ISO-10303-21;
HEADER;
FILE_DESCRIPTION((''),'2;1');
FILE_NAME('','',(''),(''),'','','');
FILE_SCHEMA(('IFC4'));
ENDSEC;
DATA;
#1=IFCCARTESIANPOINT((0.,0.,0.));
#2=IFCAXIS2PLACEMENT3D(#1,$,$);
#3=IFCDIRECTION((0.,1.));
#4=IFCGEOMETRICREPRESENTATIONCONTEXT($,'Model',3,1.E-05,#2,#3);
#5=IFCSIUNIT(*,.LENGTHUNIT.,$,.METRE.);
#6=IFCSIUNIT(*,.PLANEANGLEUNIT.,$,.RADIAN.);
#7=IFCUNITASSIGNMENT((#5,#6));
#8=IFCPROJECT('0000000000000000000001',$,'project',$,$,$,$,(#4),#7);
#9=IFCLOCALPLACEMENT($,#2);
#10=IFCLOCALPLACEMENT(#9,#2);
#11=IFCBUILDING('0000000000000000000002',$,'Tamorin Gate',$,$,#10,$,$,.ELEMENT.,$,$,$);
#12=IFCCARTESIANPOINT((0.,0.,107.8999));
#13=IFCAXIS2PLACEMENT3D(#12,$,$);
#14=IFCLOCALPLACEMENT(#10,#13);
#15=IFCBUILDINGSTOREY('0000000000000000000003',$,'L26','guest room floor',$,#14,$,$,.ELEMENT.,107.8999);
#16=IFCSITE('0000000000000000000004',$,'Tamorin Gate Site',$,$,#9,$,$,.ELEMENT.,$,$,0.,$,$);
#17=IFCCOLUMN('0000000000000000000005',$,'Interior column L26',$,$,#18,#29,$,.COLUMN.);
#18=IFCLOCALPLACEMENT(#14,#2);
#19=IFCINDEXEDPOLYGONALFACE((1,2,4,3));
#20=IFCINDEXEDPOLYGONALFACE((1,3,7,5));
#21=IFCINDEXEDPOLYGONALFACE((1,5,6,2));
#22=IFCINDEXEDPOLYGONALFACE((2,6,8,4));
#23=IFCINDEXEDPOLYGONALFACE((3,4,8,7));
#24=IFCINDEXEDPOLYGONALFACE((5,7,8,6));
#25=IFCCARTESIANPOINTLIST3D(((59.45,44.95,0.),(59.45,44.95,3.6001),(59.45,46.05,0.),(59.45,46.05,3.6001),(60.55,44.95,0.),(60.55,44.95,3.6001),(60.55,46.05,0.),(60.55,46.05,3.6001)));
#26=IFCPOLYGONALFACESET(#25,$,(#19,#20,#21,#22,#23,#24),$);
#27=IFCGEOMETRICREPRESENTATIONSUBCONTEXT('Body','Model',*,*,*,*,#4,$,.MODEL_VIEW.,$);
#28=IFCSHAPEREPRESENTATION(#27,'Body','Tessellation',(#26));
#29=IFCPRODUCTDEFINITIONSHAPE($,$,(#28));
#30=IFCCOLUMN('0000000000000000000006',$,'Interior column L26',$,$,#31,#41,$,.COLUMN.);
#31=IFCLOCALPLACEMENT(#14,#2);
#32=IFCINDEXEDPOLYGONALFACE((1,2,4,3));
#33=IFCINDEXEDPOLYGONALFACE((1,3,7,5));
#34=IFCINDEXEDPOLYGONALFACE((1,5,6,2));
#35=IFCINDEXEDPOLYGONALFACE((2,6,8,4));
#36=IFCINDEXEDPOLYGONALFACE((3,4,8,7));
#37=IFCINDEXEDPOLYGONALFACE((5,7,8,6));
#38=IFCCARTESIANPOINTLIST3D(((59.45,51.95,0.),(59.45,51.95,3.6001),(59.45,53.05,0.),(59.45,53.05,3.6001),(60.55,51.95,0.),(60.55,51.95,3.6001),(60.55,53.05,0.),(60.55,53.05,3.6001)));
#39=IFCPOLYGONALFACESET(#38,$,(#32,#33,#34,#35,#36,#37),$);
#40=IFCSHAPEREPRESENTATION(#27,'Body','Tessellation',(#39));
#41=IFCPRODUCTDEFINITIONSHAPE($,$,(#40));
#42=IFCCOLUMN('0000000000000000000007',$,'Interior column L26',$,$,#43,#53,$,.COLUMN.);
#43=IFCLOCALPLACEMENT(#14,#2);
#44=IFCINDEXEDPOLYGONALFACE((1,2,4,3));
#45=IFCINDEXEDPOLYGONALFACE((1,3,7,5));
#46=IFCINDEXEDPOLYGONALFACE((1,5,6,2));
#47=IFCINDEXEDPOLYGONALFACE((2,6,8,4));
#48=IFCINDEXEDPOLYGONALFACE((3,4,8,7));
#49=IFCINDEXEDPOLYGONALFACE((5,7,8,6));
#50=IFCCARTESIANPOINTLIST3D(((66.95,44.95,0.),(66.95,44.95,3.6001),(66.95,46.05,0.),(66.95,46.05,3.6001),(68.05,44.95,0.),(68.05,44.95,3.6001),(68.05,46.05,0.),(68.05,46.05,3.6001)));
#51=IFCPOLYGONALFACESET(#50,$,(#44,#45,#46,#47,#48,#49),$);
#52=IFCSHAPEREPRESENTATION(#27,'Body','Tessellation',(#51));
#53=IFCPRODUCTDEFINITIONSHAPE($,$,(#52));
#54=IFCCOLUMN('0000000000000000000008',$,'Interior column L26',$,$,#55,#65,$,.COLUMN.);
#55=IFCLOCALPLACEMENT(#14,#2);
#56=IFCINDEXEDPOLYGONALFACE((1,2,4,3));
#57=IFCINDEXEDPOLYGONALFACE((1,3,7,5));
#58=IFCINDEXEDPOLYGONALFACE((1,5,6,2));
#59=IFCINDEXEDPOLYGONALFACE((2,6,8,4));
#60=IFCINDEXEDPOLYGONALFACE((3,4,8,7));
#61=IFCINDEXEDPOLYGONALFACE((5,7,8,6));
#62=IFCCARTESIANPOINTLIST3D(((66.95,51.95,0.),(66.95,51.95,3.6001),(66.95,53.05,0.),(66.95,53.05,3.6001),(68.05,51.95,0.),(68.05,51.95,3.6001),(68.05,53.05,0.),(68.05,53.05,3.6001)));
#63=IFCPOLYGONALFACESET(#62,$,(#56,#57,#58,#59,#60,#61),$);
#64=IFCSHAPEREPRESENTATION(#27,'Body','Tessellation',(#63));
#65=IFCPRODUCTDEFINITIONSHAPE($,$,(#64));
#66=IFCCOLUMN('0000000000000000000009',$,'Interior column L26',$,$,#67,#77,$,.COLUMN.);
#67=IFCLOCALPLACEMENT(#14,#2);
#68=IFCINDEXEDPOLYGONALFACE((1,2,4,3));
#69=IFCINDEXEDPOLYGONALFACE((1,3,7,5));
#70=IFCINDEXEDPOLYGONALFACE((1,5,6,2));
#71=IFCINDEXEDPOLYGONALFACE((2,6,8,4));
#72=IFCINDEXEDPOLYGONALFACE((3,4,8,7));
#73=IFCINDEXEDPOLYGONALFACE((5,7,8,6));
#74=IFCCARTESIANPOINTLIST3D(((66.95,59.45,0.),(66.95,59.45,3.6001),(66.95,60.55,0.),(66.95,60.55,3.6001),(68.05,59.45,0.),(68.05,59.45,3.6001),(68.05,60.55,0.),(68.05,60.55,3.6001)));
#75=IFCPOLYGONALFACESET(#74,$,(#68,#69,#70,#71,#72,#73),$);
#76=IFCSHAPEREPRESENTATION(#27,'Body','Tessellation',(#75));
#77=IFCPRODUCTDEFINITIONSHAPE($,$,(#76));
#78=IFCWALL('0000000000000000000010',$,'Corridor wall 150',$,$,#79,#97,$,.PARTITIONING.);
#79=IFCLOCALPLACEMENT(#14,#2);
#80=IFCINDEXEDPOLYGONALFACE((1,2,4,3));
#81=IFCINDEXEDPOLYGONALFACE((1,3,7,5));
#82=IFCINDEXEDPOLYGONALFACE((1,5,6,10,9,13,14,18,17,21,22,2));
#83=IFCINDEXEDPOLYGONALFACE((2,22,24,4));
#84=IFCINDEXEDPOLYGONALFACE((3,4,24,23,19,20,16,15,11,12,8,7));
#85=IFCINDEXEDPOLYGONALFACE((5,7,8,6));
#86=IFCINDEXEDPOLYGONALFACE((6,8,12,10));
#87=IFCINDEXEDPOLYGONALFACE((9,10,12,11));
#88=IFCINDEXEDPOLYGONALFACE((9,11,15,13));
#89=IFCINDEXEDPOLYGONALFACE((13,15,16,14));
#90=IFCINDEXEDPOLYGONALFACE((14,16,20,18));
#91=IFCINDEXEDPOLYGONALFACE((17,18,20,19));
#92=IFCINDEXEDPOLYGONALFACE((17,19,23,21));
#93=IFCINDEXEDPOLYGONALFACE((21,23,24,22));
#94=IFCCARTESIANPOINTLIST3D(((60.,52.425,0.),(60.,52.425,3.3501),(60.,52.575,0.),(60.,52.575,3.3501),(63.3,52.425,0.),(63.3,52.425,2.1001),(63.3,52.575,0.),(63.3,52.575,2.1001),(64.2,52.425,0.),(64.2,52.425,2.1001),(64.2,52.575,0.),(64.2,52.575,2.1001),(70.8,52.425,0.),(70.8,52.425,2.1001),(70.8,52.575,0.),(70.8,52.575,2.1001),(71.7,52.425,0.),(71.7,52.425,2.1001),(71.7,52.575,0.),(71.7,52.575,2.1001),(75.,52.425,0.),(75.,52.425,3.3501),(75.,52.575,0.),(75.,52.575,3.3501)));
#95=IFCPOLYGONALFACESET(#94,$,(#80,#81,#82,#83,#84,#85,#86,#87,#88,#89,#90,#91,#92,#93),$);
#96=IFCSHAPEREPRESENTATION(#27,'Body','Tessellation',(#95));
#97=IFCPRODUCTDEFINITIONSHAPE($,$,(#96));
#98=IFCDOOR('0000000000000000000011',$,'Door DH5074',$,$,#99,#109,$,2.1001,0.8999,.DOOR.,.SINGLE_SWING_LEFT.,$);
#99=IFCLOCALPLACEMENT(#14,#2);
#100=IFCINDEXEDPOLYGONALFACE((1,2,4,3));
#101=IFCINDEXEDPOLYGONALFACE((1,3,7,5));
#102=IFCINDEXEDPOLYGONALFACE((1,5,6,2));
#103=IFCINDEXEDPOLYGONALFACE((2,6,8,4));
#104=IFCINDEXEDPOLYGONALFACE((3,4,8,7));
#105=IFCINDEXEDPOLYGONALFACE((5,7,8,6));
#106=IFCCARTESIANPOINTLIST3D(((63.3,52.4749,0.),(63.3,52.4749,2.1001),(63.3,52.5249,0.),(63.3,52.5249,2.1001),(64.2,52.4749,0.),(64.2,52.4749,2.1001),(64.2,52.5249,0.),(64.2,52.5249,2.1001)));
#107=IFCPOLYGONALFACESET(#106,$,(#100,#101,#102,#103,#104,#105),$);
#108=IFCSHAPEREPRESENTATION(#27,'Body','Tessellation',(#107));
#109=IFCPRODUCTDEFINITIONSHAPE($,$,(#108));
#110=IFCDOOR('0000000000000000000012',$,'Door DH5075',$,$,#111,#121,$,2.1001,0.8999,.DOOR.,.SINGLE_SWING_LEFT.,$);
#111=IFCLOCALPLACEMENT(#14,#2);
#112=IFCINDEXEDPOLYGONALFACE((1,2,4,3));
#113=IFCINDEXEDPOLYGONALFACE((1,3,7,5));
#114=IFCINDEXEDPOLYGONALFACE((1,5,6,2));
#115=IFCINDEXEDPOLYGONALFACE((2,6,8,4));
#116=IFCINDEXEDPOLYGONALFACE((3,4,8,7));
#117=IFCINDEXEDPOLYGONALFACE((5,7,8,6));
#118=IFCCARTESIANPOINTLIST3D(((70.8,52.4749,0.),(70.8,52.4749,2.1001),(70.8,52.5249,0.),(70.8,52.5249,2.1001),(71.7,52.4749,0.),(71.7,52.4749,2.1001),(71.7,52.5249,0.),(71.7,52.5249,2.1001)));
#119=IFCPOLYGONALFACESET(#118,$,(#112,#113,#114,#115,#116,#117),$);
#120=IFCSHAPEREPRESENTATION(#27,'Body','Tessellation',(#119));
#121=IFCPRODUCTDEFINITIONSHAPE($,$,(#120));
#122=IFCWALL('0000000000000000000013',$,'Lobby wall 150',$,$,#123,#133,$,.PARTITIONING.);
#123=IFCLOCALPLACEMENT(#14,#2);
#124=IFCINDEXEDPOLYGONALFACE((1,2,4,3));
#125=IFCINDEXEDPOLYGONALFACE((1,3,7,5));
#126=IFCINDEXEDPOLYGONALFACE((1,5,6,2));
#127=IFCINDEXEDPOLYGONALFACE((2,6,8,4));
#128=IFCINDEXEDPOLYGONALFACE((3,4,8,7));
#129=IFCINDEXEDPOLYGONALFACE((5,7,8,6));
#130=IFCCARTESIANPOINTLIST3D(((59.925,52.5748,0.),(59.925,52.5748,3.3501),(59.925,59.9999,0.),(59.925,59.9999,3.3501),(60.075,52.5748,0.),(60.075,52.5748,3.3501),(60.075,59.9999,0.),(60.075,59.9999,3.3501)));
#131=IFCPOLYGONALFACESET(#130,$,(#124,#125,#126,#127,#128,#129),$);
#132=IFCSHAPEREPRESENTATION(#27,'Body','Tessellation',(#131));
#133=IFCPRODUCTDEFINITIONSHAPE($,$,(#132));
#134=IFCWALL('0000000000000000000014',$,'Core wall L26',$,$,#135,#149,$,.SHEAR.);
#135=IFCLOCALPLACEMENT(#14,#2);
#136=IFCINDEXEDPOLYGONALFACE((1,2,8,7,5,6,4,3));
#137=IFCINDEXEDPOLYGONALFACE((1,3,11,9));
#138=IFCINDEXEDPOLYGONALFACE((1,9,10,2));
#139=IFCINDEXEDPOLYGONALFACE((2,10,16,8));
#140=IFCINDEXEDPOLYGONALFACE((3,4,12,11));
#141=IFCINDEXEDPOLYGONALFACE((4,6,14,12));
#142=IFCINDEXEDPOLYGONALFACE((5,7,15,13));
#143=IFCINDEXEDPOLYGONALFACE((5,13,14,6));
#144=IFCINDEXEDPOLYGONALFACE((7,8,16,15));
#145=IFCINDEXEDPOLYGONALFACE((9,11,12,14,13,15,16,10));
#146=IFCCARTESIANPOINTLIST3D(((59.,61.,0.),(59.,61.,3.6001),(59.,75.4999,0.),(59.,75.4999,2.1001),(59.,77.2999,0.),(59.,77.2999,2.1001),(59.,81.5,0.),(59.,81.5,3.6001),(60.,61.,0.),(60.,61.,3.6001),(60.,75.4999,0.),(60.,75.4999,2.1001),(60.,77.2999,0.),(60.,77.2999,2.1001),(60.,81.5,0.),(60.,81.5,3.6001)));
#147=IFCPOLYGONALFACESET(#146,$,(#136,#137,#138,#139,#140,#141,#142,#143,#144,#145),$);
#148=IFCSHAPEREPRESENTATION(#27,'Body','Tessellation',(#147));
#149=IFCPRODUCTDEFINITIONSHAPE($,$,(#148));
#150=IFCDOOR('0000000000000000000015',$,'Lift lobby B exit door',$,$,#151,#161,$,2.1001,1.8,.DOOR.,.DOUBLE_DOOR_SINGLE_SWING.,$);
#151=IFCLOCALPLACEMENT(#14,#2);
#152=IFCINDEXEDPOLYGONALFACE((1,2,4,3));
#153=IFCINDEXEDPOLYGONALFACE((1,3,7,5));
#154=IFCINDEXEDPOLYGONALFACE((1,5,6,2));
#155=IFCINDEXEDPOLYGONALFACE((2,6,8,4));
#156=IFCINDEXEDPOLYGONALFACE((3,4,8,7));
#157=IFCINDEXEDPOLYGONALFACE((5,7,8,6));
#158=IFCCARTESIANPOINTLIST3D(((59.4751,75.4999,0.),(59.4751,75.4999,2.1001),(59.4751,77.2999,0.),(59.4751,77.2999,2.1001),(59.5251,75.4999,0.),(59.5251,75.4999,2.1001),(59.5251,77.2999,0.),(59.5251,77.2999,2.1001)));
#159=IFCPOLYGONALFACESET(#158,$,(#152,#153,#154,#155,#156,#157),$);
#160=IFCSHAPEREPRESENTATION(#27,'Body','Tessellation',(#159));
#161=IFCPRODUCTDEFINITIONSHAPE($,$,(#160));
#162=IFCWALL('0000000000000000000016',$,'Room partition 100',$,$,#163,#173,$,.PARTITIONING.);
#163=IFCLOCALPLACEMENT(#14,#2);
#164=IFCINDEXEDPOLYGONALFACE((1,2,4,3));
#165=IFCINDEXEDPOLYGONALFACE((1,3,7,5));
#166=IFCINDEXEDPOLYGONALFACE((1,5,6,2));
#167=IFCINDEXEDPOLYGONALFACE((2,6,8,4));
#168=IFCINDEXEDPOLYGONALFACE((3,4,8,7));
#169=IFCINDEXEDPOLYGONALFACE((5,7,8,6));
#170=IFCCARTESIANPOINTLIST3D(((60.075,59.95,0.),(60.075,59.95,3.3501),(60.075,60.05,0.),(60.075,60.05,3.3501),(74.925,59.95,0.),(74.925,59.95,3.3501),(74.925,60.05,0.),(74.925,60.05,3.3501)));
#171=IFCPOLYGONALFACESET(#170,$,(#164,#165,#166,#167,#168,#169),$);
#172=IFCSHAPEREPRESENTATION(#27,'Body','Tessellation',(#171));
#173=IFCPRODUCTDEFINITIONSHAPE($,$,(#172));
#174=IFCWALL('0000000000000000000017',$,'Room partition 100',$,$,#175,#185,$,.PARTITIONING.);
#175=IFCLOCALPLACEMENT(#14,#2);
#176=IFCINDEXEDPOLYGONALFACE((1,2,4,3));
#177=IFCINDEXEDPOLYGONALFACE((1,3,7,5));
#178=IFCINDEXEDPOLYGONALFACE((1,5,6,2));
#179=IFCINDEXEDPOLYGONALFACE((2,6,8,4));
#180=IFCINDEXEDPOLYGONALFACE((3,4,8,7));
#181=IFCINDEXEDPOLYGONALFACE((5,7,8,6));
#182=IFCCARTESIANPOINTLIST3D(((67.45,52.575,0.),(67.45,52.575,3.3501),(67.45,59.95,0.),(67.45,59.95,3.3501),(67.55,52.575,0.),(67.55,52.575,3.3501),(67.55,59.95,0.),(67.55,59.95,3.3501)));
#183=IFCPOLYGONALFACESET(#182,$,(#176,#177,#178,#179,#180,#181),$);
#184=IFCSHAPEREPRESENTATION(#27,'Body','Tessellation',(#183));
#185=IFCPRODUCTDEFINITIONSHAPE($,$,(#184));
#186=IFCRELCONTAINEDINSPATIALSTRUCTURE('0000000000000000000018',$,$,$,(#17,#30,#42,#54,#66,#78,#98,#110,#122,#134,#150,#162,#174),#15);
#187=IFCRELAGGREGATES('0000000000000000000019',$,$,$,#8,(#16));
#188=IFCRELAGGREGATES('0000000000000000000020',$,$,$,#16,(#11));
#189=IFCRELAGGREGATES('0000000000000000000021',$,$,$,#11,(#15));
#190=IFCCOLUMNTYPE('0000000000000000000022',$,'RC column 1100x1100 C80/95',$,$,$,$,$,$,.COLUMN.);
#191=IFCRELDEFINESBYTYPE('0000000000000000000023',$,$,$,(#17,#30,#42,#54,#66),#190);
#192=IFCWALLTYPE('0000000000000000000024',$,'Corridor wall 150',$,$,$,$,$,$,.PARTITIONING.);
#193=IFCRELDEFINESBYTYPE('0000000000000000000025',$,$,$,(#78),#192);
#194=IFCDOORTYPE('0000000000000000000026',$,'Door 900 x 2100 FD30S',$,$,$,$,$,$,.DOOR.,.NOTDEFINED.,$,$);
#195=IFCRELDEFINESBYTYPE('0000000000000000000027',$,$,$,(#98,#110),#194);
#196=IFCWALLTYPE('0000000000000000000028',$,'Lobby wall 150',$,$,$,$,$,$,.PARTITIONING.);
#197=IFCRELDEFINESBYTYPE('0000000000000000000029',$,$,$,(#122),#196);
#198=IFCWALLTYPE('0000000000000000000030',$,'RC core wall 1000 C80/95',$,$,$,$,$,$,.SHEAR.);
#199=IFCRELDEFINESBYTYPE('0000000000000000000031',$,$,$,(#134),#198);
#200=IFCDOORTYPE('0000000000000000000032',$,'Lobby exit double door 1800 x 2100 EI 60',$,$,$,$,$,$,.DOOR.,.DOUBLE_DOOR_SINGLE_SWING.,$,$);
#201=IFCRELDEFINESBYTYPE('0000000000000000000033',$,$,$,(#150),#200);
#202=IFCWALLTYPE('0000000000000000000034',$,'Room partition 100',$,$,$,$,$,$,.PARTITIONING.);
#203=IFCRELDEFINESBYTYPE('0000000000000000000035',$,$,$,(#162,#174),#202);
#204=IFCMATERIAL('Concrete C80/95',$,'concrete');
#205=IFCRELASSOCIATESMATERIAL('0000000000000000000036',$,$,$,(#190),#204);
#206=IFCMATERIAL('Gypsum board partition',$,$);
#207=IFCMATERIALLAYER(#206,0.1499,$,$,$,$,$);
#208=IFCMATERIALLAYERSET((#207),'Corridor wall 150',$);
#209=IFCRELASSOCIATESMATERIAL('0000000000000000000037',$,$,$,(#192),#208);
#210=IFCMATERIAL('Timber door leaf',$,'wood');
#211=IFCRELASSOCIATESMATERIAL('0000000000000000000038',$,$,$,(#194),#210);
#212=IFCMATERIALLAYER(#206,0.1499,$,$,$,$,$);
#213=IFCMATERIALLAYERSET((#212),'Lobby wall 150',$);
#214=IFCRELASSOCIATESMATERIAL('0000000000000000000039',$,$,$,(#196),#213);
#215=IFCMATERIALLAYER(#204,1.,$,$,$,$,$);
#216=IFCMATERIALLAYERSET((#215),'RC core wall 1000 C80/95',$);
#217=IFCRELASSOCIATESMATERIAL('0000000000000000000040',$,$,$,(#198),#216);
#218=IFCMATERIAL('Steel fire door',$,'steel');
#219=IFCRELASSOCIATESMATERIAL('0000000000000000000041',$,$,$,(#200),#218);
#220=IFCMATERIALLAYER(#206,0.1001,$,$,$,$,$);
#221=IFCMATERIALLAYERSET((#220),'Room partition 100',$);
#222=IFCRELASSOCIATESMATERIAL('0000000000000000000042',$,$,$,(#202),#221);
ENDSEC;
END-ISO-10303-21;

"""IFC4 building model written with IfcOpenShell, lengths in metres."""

from ifc_helpers import new_model, si_unit, direction, frame, frame_2d, origin, origin_2d, place, context, subcontext, project, spatial, rectangle, extrude, material, layer, layer_set, material_profile, profile_set, type_object, element, fill, save


model = new_model("IFC4")

# Units and contexts
model_context = context("Model", 3, precision=1e-05, world=origin(), true_north=direction((0.0, 1.0)))
body_context = subcontext(model_context, "Body", "Model", "MODEL_VIEW")
ifc_project = project(units=[si_unit("LENGTHUNIT", "METRE"), si_unit("PLANEANGLEUNIT", "RADIAN")], contexts=[model_context])

# Site, building, storey
site_placement = place(None, origin())
site = spatial("IfcSite", under=ifc_project, at=site_placement, Name="Tamorin Gate Site", CompositionType="ELEMENT", RefElevation=0.0)
building_placement = place(site_placement, origin())
building = spatial("IfcBuilding", under=site, at=building_placement, Name="Tamorin Gate", CompositionType="ELEMENT")
storey_placement = place(building_placement, frame((0.0, 0.0, 107.8999)))
storey = spatial("IfcBuildingStorey", under=building, at=storey_placement, Name="L26", Description="guest room floor", CompositionType="ELEMENT", Elevation=107.8999)

# Columns
ifc_material_1 = material(Name="Concrete C80/95", Category="concrete")
ifc_material_profile = material_profile(ifc_material_1, rectangle(XDim=1.1001, YDim=1.1001, at=origin_2d()), Name="RC 1100x1100")
ifc_profile_set = profile_set([ifc_material_profile], Name="Concrete C80/95")
column_type = type_object("IfcColumnType", Name="RC column 1100x1100 C80/95", PredefinedType="COLUMN", material=ifc_profile_set)
for number, where, z_axis, x_axis, name in (
    (1, (60.0, 45.5, 0.0), (0.0, 0.0, 1.0), (1.0, 0.0, 0.0), "Interior column L26"),
    (2, (60.0, 52.5, 0.0), (0.0, 0.0, 1.0), (1.0, 0.0, 0.0), "Interior column L26"),
    (3, (67.5, 45.5, 0.0), (0.0, 0.0, 1.0), (1.0, 0.0, 0.0), "Interior column L26"),
    (4, (67.5, 52.5, 0.0), (0.0, 0.0, 1.0), (1.0, 0.0, 0.0), "Interior column L26"),
    (5, (67.5, 60.0, 0.0), (0.0, 0.0, 1.0), (1.0, 0.0, 0.0), "Interior column L26"),
):
    element("IfcColumn", number, at=place(storey_placement, frame(where, z_axis=z_axis, x_axis=x_axis)), inside=storey, type_object=column_type, Name=name, PredefinedType="COLUMN", context=body_context, shape_type="SweptSolid", body=[
        extrude(rectangle(XDim=1.1001, YDim=1.1001, at=origin_2d()), origin(), (0.0, 0.0, 1.0), 3.6001),
    ])

# Wall, openings, doors
ifc_material_2 = material(Name="Gypsum board partition")
ifc_layer_1 = layer(ifc_material_2, 0.1499)
ifc_layer_set_1 = layer_set([ifc_layer_1], Name="Corridor wall 150")
wall_type_1 = type_object("IfcWallType", Name="Corridor wall 150", PredefinedType="PARTITIONING", material=ifc_layer_set_1)
wall_1_placement = place(storey_placement, frame((60.0, 52.5, 0.0), z_axis=(0.0, 0.0, 1.0), x_axis=(1.0, 0.0, 0.0)))
wall_1 = element("IfcWall", 6, at=wall_1_placement, inside=storey, type_object=wall_type_1, Name="Corridor wall 150", PredefinedType="PARTITIONING", context=body_context, shape_type="SweptSolid", body=[
    extrude(rectangle(XDim=15.0, YDim=0.1499, at=frame_2d((7.5, 0.0))), origin(), (0.0, 0.0, 1.0), 3.3501),
])
opening_1_placement = place(wall_1_placement, frame((3.3, 0.0, 0.0)))
opening_1 = element("IfcOpeningElement", 7, at=opening_1_placement, cuts=wall_1, PredefinedType="OPENING", context=body_context, shape_type="SweptSolid", body=[
    extrude(rectangle(XDim=0.8999, YDim=2.1001, at=frame_2d((0.45, 1.05))), frame((0.0, 0.085, 0.0), z_axis=(0.0, -1.0, 0.0), x_axis=(1.0, 0.0, 0.0)), (0.0, 0.0, 1.0), 0.1699),
])
opening_2_placement = place(wall_1_placement, frame((10.8, 0.0, 0.0)))
opening_2 = element("IfcOpeningElement", 8, at=opening_2_placement, cuts=wall_1, PredefinedType="OPENING", context=body_context, shape_type="SweptSolid", body=[
    extrude(rectangle(XDim=0.8999, YDim=2.1001, at=frame_2d((0.45, 1.05))), frame((0.0, 0.085, 0.0), z_axis=(0.0, -1.0, 0.0), x_axis=(1.0, 0.0, 0.0)), (0.0, 0.0, 1.0), 0.1699),
])
ifc_material_3 = material(Name="Timber door leaf", Category="wood")
door_type_1 = type_object("IfcDoorType", Name="Door 900 x 2100 FD30S", OperationType="NOTDEFINED", PredefinedType="DOOR", material=ifc_material_3)
door_1_placement = place(opening_1_placement, origin())
door_1 = element("IfcDoor", 9, at=door_1_placement, inside=storey, type_object=door_type_1, Name="Door DH5074", OperationType="SINGLE_SWING_LEFT", OverallHeight=2.1001, OverallWidth=0.8999, PredefinedType="DOOR", context=body_context, shape_type="SweptSolid", body=[
    extrude(rectangle(XDim=0.8999, YDim=2.1001, at=frame_2d((0.45, 1.05))), frame((0.0, 0.0249, 0.0), z_axis=(0.0, -1.0, 0.0), x_axis=(1.0, 0.0, 0.0)), (0.0, 0.0, 1.0), 0.05),
])
fill(opening_1, door_1)
door_2_placement = place(opening_2_placement, origin())
door_2 = element("IfcDoor", 10, at=door_2_placement, inside=storey, type_object=door_type_1, Name="Door DH5075", OperationType="SINGLE_SWING_LEFT", OverallHeight=2.1001, OverallWidth=0.8999, PredefinedType="DOOR", context=body_context, shape_type="SweptSolid", body=[
    extrude(rectangle(XDim=0.8999, YDim=2.1001, at=frame_2d((0.45, 1.05))), frame((0.0, 0.0249, 0.0), z_axis=(0.0, -1.0, 0.0), x_axis=(1.0, 0.0, 0.0)), (0.0, 0.0, 1.0), 0.05),
])
fill(opening_2, door_2)

# Wall
ifc_layer_2 = layer(ifc_material_2, 0.1499)
ifc_layer_set_2 = layer_set([ifc_layer_2], Name="Lobby wall 150")
wall_type_2 = type_object("IfcWallType", Name="Lobby wall 150", PredefinedType="PARTITIONING", material=ifc_layer_set_2)
wall_2_placement = place(storey_placement, frame((60.0, 52.575, 0.0), z_axis=(0.0, 0.0, 1.0), x_axis=(0.0, 1.0, 0.0)))
element("IfcWall", 11, at=wall_2_placement, inside=storey, type_object=wall_type_2, Name="Lobby wall 150", PredefinedType="PARTITIONING", context=body_context, shape_type="SweptSolid", body=[
    extrude(rectangle(XDim=7.425, YDim=0.1499, at=frame_2d((3.7124, 0.0))), origin(), (0.0, 0.0, 1.0), 3.3501),
])

# Wall, opening, door
ifc_layer_3 = layer(ifc_material_1, 1.0)
ifc_layer_set_3 = layer_set([ifc_layer_3], Name="RC core wall 1000 C80/95")
wall_type_3 = type_object("IfcWallType", Name="RC core wall 1000 C80/95", PredefinedType="SHEAR", material=ifc_layer_set_3)
wall_3_placement = place(storey_placement, frame((59.5, 61.0, 0.0), z_axis=(0.0, 0.0, 1.0), x_axis=(0.0, 1.0, 0.0)))
wall_3 = element("IfcWall", 12, at=wall_3_placement, inside=storey, type_object=wall_type_3, Name="Core wall L26", PredefinedType="SHEAR", context=body_context, shape_type="SweptSolid", body=[
    extrude(rectangle(XDim=20.5, YDim=1.0, at=frame_2d((10.25, 0.0))), origin(), (0.0, 0.0, 1.0), 3.6001),
])
opening_3_placement = place(wall_3_placement, frame((14.5, 0.0, 0.0)))
opening_3 = element("IfcOpeningElement", 13, at=opening_3_placement, cuts=wall_3, PredefinedType="OPENING", context=body_context, shape_type="SweptSolid", body=[
    extrude(rectangle(XDim=1.8, YDim=2.1001, at=frame_2d((0.8999, 1.05))), frame((0.0, 0.51, 0.0), z_axis=(0.0, -1.0, 0.0), x_axis=(1.0, 0.0, 0.0)), (0.0, 0.0, 1.0), 1.02),
])
ifc_material_4 = material(Name="Steel fire door", Category="steel")
door_type_2 = type_object("IfcDoorType", Name="Lobby exit double door 1800 x 2100 EI 60", OperationType="DOUBLE_DOOR_SINGLE_SWING", PredefinedType="DOOR", material=ifc_material_4)
door_3_placement = place(opening_3_placement, origin())
door_3 = element("IfcDoor", 14, at=door_3_placement, inside=storey, type_object=door_type_2, Name="Lift lobby B exit door", OperationType="DOUBLE_DOOR_SINGLE_SWING", OverallHeight=2.1001, OverallWidth=1.8, PredefinedType="DOOR", context=body_context, shape_type="SweptSolid", body=[
    extrude(rectangle(XDim=1.8, YDim=2.1001, at=frame_2d((0.8999, 1.05))), frame((0.0, 0.0249, 0.0), z_axis=(0.0, -1.0, 0.0), x_axis=(1.0, 0.0, 0.0)), (0.0, 0.0, 1.0), 0.05),
])
fill(opening_3, door_3)

# Walls
ifc_layer_4 = layer(ifc_material_2, 0.1001)
ifc_layer_set_4 = layer_set([ifc_layer_4], Name="Room partition 100")
wall_type_4 = type_object("IfcWallType", Name="Room partition 100", PredefinedType="PARTITIONING", material=ifc_layer_set_4)
wall_4_placement = place(storey_placement, frame((60.075, 60.0, 0.0), z_axis=(0.0, 0.0, 1.0), x_axis=(1.0, 0.0, 0.0)))
element("IfcWall", 15, at=wall_4_placement, inside=storey, type_object=wall_type_4, Name="Room partition 100", PredefinedType="PARTITIONING", context=body_context, shape_type="SweptSolid", body=[
    extrude(rectangle(XDim=14.8501, YDim=0.1001, at=frame_2d((7.425, 0.0))), origin(), (0.0, 0.0, 1.0), 3.3501),
])
wall_5_placement = place(storey_placement, frame((67.5, 52.575, 0.0), z_axis=(0.0, 0.0, 1.0), x_axis=(0.0, 1.0, 0.0)))
element("IfcWall", 16, at=wall_5_placement, inside=storey, type_object=wall_type_4, Name="Room partition 100", PredefinedType="PARTITIONING", context=body_context, shape_type="SweptSolid", body=[
    extrude(rectangle(XDim=7.375, YDim=0.1001, at=frame_2d((3.6875, 0.0))), origin(), (0.0, 0.0, 1.0), 3.3501),
])

save(model, "model.ifc")
